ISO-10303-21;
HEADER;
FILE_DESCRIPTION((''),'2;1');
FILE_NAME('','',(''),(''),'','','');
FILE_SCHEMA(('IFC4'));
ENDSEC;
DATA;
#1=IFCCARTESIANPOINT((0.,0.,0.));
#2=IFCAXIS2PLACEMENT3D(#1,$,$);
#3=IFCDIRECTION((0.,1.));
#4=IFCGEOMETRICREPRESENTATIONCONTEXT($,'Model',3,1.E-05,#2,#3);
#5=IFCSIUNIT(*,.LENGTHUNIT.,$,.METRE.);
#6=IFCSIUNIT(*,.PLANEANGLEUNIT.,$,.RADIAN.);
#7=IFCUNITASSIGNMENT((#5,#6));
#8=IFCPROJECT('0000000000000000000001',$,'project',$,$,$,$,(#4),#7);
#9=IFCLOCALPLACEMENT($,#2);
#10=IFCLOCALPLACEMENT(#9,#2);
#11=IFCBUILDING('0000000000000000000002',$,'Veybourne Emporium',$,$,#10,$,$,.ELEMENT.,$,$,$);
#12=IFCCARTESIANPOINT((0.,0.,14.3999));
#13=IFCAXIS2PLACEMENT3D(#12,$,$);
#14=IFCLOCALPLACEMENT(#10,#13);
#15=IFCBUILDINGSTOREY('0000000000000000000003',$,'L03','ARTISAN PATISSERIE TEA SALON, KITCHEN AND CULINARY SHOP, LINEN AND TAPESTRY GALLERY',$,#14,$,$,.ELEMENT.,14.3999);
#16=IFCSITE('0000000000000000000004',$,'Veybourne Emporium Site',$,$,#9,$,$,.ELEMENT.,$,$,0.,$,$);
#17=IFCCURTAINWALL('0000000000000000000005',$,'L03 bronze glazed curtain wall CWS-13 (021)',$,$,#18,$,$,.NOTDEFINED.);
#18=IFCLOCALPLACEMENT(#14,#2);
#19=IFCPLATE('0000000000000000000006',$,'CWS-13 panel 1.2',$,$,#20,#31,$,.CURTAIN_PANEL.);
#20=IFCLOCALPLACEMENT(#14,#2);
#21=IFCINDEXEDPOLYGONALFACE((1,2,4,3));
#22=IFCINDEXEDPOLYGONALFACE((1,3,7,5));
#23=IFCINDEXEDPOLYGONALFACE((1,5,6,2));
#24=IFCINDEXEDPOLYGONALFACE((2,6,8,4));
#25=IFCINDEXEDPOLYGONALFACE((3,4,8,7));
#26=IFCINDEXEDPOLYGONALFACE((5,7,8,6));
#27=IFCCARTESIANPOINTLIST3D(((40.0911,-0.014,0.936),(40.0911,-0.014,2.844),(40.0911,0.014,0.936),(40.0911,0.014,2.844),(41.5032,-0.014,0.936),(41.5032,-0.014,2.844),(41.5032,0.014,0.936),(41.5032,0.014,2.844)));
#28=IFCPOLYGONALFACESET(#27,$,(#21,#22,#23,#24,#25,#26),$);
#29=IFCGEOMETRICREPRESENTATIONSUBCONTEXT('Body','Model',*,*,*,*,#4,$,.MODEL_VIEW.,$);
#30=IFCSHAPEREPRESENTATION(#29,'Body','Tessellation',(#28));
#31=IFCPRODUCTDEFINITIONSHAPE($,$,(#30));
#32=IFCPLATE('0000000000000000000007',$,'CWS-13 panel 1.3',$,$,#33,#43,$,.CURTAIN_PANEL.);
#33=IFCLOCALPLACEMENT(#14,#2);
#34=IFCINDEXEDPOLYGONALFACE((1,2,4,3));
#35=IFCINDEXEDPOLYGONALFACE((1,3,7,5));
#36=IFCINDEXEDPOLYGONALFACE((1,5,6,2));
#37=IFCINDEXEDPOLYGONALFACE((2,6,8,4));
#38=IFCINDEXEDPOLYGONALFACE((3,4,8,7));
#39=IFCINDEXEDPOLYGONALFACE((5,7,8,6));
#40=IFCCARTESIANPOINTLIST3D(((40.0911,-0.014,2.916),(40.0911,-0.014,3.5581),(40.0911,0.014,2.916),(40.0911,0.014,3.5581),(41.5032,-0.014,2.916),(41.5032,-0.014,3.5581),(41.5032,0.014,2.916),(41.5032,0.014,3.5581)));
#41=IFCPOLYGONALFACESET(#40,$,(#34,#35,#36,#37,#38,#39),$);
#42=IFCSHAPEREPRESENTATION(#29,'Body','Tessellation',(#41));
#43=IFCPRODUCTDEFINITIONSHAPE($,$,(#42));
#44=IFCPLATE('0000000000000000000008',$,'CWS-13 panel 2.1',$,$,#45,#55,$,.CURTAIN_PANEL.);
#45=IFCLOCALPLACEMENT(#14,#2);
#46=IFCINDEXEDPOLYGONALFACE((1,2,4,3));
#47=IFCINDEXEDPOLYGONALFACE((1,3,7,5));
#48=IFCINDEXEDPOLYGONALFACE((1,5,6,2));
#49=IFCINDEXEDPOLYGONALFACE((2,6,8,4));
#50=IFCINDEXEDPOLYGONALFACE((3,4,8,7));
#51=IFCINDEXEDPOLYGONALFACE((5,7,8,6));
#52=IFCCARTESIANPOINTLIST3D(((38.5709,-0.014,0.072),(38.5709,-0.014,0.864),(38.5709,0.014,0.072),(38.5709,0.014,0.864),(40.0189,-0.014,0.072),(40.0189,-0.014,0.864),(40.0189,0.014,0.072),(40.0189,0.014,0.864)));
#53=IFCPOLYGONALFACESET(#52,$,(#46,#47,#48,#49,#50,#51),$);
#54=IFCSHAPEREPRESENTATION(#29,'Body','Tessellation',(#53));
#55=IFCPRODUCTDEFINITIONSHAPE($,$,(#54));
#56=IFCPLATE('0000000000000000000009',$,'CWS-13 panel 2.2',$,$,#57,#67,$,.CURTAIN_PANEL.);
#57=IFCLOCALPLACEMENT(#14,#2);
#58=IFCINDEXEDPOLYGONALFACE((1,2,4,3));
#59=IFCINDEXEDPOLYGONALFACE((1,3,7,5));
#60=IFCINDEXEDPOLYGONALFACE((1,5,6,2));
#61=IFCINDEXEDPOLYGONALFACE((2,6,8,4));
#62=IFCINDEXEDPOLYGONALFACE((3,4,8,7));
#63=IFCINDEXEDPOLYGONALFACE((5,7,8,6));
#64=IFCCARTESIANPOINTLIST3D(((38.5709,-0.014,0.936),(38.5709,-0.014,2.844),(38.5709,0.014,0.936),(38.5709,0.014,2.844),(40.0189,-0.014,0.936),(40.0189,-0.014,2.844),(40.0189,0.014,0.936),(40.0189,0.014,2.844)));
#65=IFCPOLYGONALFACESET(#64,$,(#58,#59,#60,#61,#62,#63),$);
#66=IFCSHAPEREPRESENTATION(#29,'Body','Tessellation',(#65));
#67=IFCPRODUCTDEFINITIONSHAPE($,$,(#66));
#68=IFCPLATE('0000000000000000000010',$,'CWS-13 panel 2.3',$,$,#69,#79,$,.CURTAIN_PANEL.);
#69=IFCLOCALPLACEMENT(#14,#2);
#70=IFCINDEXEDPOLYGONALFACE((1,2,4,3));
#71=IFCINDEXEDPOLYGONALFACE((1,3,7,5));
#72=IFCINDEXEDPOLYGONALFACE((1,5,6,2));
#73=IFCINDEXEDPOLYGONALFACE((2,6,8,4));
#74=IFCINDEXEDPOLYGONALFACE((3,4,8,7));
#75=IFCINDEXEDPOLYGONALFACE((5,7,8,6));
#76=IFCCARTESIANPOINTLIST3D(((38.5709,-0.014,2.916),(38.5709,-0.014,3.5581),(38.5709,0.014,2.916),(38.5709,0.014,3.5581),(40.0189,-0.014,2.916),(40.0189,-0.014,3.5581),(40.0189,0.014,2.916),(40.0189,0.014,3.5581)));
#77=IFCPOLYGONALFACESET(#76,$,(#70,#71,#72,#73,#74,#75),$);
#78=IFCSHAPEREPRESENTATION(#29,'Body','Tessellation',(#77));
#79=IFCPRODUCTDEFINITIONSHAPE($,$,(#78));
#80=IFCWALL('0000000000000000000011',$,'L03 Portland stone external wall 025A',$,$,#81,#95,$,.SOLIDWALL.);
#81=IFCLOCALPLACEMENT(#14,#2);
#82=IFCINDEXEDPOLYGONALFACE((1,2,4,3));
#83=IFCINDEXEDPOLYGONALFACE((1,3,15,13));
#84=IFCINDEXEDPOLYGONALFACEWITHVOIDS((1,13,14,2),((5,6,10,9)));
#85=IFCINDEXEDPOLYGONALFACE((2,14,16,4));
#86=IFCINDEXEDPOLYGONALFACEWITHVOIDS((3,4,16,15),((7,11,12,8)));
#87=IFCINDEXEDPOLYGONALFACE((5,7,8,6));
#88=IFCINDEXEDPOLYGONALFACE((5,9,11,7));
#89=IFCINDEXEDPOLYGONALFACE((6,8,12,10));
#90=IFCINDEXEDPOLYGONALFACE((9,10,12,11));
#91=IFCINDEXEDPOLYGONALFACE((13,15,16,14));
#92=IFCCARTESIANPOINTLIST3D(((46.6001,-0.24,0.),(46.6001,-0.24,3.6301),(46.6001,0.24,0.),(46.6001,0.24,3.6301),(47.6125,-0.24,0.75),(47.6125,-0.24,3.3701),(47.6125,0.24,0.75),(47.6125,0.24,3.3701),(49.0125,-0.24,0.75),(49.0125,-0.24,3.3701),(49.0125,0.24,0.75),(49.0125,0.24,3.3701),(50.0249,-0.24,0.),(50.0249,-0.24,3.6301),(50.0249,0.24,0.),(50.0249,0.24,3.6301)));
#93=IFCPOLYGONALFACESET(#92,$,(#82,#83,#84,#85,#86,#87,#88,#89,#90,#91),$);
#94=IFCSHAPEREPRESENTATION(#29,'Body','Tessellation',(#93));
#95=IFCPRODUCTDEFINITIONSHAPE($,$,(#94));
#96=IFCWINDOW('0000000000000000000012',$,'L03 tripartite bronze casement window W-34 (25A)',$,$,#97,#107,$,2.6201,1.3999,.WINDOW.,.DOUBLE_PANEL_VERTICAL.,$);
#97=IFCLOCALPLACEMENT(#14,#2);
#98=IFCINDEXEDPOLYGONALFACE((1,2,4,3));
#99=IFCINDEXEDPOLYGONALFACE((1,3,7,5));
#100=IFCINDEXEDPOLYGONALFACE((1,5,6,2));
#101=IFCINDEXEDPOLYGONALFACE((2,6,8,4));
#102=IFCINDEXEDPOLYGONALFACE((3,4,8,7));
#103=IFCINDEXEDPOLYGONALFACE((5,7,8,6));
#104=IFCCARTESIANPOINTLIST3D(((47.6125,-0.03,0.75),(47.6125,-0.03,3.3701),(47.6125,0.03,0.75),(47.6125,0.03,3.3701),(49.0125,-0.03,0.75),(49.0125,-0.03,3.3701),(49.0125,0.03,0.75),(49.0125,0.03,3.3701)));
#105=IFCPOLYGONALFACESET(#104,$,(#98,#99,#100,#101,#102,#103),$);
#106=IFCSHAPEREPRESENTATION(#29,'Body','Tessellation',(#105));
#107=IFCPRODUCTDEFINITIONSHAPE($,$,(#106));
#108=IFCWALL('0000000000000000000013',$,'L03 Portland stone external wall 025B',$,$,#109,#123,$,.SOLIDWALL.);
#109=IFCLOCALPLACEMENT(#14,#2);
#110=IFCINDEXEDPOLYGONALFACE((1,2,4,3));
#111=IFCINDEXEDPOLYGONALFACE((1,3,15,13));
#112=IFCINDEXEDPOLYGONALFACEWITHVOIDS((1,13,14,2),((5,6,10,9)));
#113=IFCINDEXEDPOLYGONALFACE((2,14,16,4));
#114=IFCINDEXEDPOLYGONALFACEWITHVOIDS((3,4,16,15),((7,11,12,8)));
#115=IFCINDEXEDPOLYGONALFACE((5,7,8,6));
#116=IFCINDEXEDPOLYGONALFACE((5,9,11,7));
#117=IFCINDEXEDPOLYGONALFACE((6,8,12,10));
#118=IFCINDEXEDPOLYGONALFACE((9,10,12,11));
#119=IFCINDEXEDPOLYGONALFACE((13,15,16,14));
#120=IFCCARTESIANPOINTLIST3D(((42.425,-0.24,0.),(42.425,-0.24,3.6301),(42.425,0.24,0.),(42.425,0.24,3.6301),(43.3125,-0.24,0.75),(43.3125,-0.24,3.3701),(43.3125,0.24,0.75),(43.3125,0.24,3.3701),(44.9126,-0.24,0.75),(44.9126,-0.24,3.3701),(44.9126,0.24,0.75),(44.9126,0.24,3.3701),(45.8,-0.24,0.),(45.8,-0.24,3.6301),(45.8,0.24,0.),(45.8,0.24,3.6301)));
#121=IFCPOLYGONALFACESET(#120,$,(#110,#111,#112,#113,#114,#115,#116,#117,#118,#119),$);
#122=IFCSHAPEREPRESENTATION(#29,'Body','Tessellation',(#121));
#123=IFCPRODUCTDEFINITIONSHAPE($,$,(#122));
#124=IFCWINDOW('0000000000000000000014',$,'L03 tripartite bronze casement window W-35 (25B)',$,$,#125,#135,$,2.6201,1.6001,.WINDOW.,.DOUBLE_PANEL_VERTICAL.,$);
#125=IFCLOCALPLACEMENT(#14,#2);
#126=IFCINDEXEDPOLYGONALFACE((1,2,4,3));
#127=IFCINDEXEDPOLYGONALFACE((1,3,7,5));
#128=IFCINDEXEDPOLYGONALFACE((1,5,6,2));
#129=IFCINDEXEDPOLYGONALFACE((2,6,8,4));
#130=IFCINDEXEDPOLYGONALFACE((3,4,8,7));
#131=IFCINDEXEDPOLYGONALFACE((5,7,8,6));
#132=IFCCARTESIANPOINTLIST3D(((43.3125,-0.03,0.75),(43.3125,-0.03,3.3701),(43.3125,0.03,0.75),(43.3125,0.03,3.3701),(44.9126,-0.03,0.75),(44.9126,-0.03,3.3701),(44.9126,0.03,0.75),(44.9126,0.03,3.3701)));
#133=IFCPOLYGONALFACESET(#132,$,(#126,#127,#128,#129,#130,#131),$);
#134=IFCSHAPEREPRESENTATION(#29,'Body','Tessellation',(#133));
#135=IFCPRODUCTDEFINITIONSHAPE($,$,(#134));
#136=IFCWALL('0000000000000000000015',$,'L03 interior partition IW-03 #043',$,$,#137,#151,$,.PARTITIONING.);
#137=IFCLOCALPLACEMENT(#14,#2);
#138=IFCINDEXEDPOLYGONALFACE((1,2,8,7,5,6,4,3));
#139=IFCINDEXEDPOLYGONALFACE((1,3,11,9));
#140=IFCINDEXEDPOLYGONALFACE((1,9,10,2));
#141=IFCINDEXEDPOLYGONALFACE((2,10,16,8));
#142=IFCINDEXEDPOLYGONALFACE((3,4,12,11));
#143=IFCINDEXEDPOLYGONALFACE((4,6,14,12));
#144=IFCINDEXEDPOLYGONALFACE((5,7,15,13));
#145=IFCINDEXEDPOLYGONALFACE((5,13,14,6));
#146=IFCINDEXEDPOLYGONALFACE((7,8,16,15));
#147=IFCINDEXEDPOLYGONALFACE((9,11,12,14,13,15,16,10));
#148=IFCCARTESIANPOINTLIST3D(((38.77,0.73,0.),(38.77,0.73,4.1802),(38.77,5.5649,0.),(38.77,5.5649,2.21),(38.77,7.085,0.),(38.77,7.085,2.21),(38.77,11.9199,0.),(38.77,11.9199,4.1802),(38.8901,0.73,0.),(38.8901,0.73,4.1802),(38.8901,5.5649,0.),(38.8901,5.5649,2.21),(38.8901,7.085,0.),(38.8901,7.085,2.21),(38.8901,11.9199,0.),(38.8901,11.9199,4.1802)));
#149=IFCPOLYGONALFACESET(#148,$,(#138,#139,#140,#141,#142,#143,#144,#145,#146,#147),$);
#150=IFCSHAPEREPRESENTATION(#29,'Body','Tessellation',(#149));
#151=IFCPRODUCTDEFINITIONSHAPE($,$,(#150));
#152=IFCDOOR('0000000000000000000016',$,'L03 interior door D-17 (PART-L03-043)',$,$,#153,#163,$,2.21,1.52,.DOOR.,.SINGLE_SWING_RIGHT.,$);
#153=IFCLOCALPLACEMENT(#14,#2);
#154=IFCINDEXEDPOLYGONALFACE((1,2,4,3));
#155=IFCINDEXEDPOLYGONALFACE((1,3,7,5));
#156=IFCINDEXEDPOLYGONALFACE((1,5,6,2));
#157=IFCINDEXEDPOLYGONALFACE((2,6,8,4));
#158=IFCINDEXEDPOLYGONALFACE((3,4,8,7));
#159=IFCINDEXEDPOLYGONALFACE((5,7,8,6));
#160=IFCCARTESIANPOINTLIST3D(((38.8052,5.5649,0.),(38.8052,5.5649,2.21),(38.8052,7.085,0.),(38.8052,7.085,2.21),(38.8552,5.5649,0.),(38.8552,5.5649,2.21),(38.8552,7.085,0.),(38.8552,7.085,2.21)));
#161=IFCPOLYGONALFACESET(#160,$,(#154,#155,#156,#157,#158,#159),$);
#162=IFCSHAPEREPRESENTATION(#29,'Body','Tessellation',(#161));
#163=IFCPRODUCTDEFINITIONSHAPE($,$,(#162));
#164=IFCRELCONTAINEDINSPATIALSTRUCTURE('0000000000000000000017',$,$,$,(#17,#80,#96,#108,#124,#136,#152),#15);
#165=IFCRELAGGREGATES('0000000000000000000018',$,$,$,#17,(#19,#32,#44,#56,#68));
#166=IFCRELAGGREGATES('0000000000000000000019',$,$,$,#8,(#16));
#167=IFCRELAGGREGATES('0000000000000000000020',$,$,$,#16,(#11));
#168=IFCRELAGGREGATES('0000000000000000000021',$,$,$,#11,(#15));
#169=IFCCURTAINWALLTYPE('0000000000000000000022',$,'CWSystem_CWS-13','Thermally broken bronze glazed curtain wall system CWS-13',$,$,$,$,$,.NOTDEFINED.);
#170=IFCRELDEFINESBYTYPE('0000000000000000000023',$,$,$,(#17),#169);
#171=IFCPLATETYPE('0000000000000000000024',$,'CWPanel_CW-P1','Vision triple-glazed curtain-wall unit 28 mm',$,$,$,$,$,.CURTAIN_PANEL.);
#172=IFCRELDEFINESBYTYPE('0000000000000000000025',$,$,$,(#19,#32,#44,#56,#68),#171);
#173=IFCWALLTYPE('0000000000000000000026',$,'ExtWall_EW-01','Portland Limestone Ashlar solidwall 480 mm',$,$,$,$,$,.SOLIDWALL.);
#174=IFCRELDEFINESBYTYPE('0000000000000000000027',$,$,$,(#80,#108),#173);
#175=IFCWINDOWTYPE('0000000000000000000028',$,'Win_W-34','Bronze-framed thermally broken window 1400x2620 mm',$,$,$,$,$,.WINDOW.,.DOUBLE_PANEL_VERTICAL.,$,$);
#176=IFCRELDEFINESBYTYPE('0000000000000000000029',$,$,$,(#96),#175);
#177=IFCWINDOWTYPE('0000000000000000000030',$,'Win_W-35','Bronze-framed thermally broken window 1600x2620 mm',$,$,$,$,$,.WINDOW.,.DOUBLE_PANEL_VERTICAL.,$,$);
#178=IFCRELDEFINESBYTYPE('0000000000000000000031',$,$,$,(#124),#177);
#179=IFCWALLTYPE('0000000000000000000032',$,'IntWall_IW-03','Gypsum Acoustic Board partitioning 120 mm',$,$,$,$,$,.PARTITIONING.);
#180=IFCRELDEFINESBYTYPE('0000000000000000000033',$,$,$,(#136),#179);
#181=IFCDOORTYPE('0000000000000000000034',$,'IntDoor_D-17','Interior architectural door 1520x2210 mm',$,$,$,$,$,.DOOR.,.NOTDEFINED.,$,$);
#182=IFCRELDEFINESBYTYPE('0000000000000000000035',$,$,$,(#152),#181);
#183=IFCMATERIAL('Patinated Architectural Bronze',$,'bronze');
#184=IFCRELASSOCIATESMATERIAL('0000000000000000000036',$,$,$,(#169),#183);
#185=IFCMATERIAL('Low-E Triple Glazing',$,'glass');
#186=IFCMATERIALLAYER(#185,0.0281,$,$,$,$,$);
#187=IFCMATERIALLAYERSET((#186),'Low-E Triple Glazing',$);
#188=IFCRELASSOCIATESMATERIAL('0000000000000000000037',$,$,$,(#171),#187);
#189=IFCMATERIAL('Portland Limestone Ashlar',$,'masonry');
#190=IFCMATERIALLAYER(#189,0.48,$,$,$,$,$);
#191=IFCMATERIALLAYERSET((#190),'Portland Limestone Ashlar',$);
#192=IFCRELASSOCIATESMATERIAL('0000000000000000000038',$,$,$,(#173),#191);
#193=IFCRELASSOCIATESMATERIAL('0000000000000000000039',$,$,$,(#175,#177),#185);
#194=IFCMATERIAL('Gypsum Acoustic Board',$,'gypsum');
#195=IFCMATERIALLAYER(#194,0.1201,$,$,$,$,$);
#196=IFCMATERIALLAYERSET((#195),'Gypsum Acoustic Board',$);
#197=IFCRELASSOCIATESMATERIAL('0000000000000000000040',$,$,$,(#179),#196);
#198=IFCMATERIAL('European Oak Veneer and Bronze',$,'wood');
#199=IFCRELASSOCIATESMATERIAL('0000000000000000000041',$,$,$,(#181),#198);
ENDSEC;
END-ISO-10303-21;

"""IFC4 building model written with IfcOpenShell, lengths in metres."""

from ifc_helpers import new_model, si_unit, direction, frame, frame_2d, origin, origin_2d, place, context, subcontext, project, spatial, rectangle, extrude, material, layer, layer_set, type_object, element, fill, aggregate, save


model = new_model("IFC4")

# Units and contexts
model_context = context("Model", 3, precision=1e-05, world=origin(), true_north=direction((0.0, 1.0)))
body_context = subcontext(model_context, "Body", "Model", "MODEL_VIEW")
ifc_project = project(units=[si_unit("LENGTHUNIT", "METRE"), si_unit("PLANEANGLEUNIT", "RADIAN")], contexts=[model_context])

# Site, building, storey
site_placement = place(None, origin())
site = spatial("IfcSite", under=ifc_project, at=site_placement, Name="Veybourne Emporium Site", CompositionType="ELEMENT", RefElevation=0.0)
building_placement = place(site_placement, origin())
building = spatial("IfcBuilding", under=site, at=building_placement, Name="Veybourne Emporium", CompositionType="ELEMENT")
storey_placement = place(building_placement, frame((0.0, 0.0, 14.3999)))
storey = spatial("IfcBuildingStorey", under=building, at=storey_placement, Name="L03", Description="ARTISAN PATISSERIE TEA SALON, KITCHEN AND CULINARY SHOP, LINEN AND TAPESTRY GALLERY", CompositionType="ELEMENT", Elevation=14.3999)

# Curtain wall
ifc_material_1 = material(Name="Patinated Architectural Bronze", Category="bronze")
curtain_wall_type = type_object("IfcCurtainWallType", Name="CWSystem_CWS-13", Description="Thermally broken bronze glazed curtain wall system CWS-13", PredefinedType="NOTDEFINED", material=ifc_material_1)
curtain_wall_placement = place(storey_placement, origin())
curtain_wall = element("IfcCurtainWall", 1, at=curtain_wall_placement, inside=storey, type_object=curtain_wall_type, Name="L03 bronze glazed curtain wall CWS-13 (021)", PredefinedType="NOTDEFINED")

# Plates
ifc_material_2 = material(Name="Low-E Triple Glazing", Category="glass")
ifc_layer_1 = layer(ifc_material_2, 0.0281)
ifc_layer_set_1 = layer_set([ifc_layer_1], Name="Low-E Triple Glazing")
plate_type = type_object("IfcPlateType", Name="CWPanel_CW-P1", Description="Vision triple-glazed curtain-wall unit 28 mm", PredefinedType="CURTAIN_PANEL", material=ifc_layer_set_1)
plate_1_placement = place(storey_placement, frame((40.7971, 0.0, 0.936), z_axis=(0.0, 0.0, 1.0), x_axis=(-1.0, 0.0, 0.0)))
plate_1 = element("IfcPlate", 2, at=plate_1_placement, type_object=plate_type, Name="CWS-13 panel 1.2", PredefinedType="CURTAIN_PANEL", context=body_context, shape_type="SweptSolid", body=[
    extrude(rectangle(XDim=1.4121, YDim=0.0281, at=origin_2d()), origin(), (0.0, 0.0, 1.0), 1.908),
])
plate_2_placement = place(storey_placement, frame((40.7971, 0.0, 2.916), z_axis=(0.0, 0.0, 1.0), x_axis=(-1.0, 0.0, 0.0)))
plate_2 = element("IfcPlate", 3, at=plate_2_placement, type_object=plate_type, Name="CWS-13 panel 1.3", PredefinedType="CURTAIN_PANEL", context=body_context, shape_type="SweptSolid", body=[
    extrude(rectangle(XDim=1.4121, YDim=0.0281, at=origin_2d()), origin(), (0.0, 0.0, 1.0), 0.6421),
])
plate_3_placement = place(storey_placement, frame((39.2949, 0.0, 0.072), z_axis=(0.0, 0.0, 1.0), x_axis=(-1.0, 0.0, 0.0)))
plate_3 = element("IfcPlate", 4, at=plate_3_placement, type_object=plate_type, Name="CWS-13 panel 2.1", PredefinedType="CURTAIN_PANEL", context=body_context, shape_type="SweptSolid", body=[
    extrude(rectangle(XDim=1.448, YDim=0.0281, at=origin_2d()), origin(), (0.0, 0.0, 1.0), 0.792),
])
plate_4_placement = place(storey_placement, frame((39.2949, 0.0, 0.936), z_axis=(0.0, 0.0, 1.0), x_axis=(-1.0, 0.0, 0.0)))
plate_4 = element("IfcPlate", 5, at=plate_4_placement, type_object=plate_type, Name="CWS-13 panel 2.2", PredefinedType="CURTAIN_PANEL", context=body_context, shape_type="SweptSolid", body=[
    extrude(rectangle(XDim=1.448, YDim=0.0281, at=origin_2d()), origin(), (0.0, 0.0, 1.0), 1.908),
])
plate_5_placement = place(storey_placement, frame((39.2949, 0.0, 2.916), z_axis=(0.0, 0.0, 1.0), x_axis=(-1.0, 0.0, 0.0)))
plate_5 = element("IfcPlate", 6, at=plate_5_placement, type_object=plate_type, Name="CWS-13 panel 2.3", PredefinedType="CURTAIN_PANEL", context=body_context, shape_type="SweptSolid", body=[
    extrude(rectangle(XDim=1.448, YDim=0.0281, at=origin_2d()), origin(), (0.0, 0.0, 1.0), 0.6421),
])
aggregate(curtain_wall, [plate_1, plate_2, plate_3, plate_4, plate_5])

# Walls, openings, windows
ifc_material_3 = material(Name="Portland Limestone Ashlar", Category="masonry")
ifc_layer_2 = layer(ifc_material_3, 0.48)
ifc_layer_set_2 = layer_set([ifc_layer_2], Name="Portland Limestone Ashlar")
wall_type_1 = type_object("IfcWallType", Name="ExtWall_EW-01", Description="Portland Limestone Ashlar solidwall 480 mm", PredefinedType="SOLIDWALL", material=ifc_layer_set_2)
wall_1_placement = place(storey_placement, frame((50.0249, 0.0, 0.0), z_axis=(0.0, 0.0, 1.0), x_axis=(-1.0, 0.0, 0.0)))
wall_1 = element("IfcWall", 7, at=wall_1_placement, inside=storey, type_object=wall_type_1, Name="L03 Portland stone external wall 025A", PredefinedType="SOLIDWALL", context=body_context, shape_type="SweptSolid", body=[
    extrude(rectangle(XDim=3.4248, YDim=0.48, at=frame_2d((1.7124, 0.0))), origin(), (0.0, 0.0, 1.0), 3.6301),
])
opening_1_placement = place(wall_1_placement, frame((1.0125, 0.0, 0.75)))
opening_1 = element("IfcOpeningElement", 8, at=opening_1_placement, cuts=wall_1, PredefinedType="OPENING", context=body_context, shape_type="SweptSolid", body=[
    extrude(rectangle(XDim=1.3999, YDim=2.6201, at=frame_2d((0.7, 1.3101))), frame((0.0, 0.26, 0.0), z_axis=(0.0, -1.0, 0.0), x_axis=(1.0, 0.0, 0.0)), (0.0, 0.0, 1.0), 0.52),
])
window_type_1 = type_object("IfcWindowType", Name="Win_W-34", Description="Bronze-framed thermally broken window 1400x2620 mm", PartitioningType="DOUBLE_PANEL_VERTICAL", PredefinedType="WINDOW", material=ifc_material_2)
window_1_placement = place(opening_1_placement, origin())
window_1 = element("IfcWindow", 9, at=window_1_placement, inside=storey, type_object=window_type_1, Name="L03 tripartite bronze casement window W-34 (25A)", OverallHeight=2.6201, OverallWidth=1.3999, PartitioningType="DOUBLE_PANEL_VERTICAL", PredefinedType="WINDOW", context=body_context, shape_type="SweptSolid", body=[
    extrude(rectangle(XDim=1.3999, YDim=2.6201, at=frame_2d((0.7, 1.3101))), frame((0.0, 0.03, 0.0), z_axis=(0.0, -1.0, 0.0), x_axis=(1.0, 0.0, 0.0)), (0.0, 0.0, 1.0), 0.0601),
])
fill(opening_1, window_1)
wall_2_placement = place(storey_placement, frame((45.8, 0.0, 0.0), z_axis=(0.0, 0.0, 1.0), x_axis=(-1.0, 0.0, 0.0)))
wall_2 = element("IfcWall", 10, at=wall_2_placement, inside=storey, type_object=wall_type_1, Name="L03 Portland stone external wall 025B", PredefinedType="SOLIDWALL", context=body_context, shape_type="SweptSolid", body=[
    extrude(rectangle(XDim=3.375, YDim=0.48, at=frame_2d((1.6875, 0.0))), origin(), (0.0, 0.0, 1.0), 3.6301),
])
opening_2_placement = place(wall_2_placement, frame((0.8875, 0.0, 0.75)))
opening_2 = element("IfcOpeningElement", 11, at=opening_2_placement, cuts=wall_2, PredefinedType="OPENING", context=body_context, shape_type="SweptSolid", body=[
    extrude(rectangle(XDim=1.6001, YDim=2.6201, at=frame_2d((0.8, 1.3101))), frame((0.0, 0.26, 0.0), z_axis=(0.0, -1.0, 0.0), x_axis=(1.0, 0.0, 0.0)), (0.0, 0.0, 1.0), 0.52),
])
window_type_2 = type_object("IfcWindowType", Name="Win_W-35", Description="Bronze-framed thermally broken window 1600x2620 mm", PartitioningType="DOUBLE_PANEL_VERTICAL", PredefinedType="WINDOW", material=ifc_material_2)
window_2_placement = place(opening_2_placement, origin())
window_2 = element("IfcWindow", 12, at=window_2_placement, inside=storey, type_object=window_type_2, Name="L03 tripartite bronze casement window W-35 (25B)", OverallHeight=2.6201, OverallWidth=1.6001, PartitioningType="DOUBLE_PANEL_VERTICAL", PredefinedType="WINDOW", context=body_context, shape_type="SweptSolid", body=[
    extrude(rectangle(XDim=1.6001, YDim=2.6201, at=frame_2d((0.8, 1.3101))), frame((0.0, 0.03, 0.0), z_axis=(0.0, -1.0, 0.0), x_axis=(1.0, 0.0, 0.0)), (0.0, 0.0, 1.0), 0.0601),
])
fill(opening_2, window_2)

# Wall, opening, door
ifc_material_4 = material(Name="Gypsum Acoustic Board", Category="gypsum")
ifc_layer_3 = layer(ifc_material_4, 0.1201)
ifc_layer_set_3 = layer_set([ifc_layer_3], Name="Gypsum Acoustic Board")
wall_type_2 = type_object("IfcWallType", Name="IntWall_IW-03", Description="Gypsum Acoustic Board partitioning 120 mm", PredefinedType="PARTITIONING", material=ifc_layer_set_3)
wall_3_placement = place(storey_placement, frame((38.8301, 0.73, 0.0), z_axis=(0.0, 0.0, 1.0), x_axis=(0.0, 1.0, 0.0)))
wall_3 = element("IfcWall", 13, at=wall_3_placement, inside=storey, type_object=wall_type_2, Name="L03 interior partition IW-03 #043", PredefinedType="PARTITIONING", context=body_context, shape_type="SweptSolid", body=[
    extrude(rectangle(XDim=11.1899, YDim=0.1201, at=frame_2d((5.595, 0.0))), origin(), (0.0, 0.0, 1.0), 4.1802),
])
opening_3_placement = place(wall_3_placement, frame((4.835, 0.0, 0.0)))
opening_3 = element("IfcOpeningElement", 14, at=opening_3_placement, cuts=wall_3, PredefinedType="OPENING", context=body_context, shape_type="SweptSolid", body=[
    extrude(rectangle(XDim=1.52, YDim=2.21, at=frame_2d((0.76, 1.105))), frame((0.0, 0.0801, 0.0), z_axis=(0.0, -1.0, 0.0), x_axis=(1.0, 0.0, 0.0)), (0.0, 0.0, 1.0), 0.1602),
])
ifc_material_5 = material(Name="European Oak Veneer and Bronze", Category="wood")
door_type = type_object("IfcDoorType", Name="IntDoor_D-17", Description="Interior architectural door 1520x2210 mm", OperationType="NOTDEFINED", PredefinedType="DOOR", material=ifc_material_5)
door_placement = place(opening_3_placement, origin())
door = element("IfcDoor", 15, at=door_placement, inside=storey, type_object=door_type, Name="L03 interior door D-17 (PART-L03-043)", OperationType="SINGLE_SWING_RIGHT", OverallHeight=2.21, OverallWidth=1.52, PredefinedType="DOOR", context=body_context, shape_type="SweptSolid", body=[
    extrude(rectangle(XDim=1.52, YDim=2.21, at=frame_2d((0.76, 1.105))), frame((0.0, 0.0249, 0.0), z_axis=(0.0, -1.0, 0.0), x_axis=(1.0, 0.0, 0.0)), (0.0, 0.0, 1.0), 0.05),
])
fill(opening_3, door)

save(model, "model.ifc")
